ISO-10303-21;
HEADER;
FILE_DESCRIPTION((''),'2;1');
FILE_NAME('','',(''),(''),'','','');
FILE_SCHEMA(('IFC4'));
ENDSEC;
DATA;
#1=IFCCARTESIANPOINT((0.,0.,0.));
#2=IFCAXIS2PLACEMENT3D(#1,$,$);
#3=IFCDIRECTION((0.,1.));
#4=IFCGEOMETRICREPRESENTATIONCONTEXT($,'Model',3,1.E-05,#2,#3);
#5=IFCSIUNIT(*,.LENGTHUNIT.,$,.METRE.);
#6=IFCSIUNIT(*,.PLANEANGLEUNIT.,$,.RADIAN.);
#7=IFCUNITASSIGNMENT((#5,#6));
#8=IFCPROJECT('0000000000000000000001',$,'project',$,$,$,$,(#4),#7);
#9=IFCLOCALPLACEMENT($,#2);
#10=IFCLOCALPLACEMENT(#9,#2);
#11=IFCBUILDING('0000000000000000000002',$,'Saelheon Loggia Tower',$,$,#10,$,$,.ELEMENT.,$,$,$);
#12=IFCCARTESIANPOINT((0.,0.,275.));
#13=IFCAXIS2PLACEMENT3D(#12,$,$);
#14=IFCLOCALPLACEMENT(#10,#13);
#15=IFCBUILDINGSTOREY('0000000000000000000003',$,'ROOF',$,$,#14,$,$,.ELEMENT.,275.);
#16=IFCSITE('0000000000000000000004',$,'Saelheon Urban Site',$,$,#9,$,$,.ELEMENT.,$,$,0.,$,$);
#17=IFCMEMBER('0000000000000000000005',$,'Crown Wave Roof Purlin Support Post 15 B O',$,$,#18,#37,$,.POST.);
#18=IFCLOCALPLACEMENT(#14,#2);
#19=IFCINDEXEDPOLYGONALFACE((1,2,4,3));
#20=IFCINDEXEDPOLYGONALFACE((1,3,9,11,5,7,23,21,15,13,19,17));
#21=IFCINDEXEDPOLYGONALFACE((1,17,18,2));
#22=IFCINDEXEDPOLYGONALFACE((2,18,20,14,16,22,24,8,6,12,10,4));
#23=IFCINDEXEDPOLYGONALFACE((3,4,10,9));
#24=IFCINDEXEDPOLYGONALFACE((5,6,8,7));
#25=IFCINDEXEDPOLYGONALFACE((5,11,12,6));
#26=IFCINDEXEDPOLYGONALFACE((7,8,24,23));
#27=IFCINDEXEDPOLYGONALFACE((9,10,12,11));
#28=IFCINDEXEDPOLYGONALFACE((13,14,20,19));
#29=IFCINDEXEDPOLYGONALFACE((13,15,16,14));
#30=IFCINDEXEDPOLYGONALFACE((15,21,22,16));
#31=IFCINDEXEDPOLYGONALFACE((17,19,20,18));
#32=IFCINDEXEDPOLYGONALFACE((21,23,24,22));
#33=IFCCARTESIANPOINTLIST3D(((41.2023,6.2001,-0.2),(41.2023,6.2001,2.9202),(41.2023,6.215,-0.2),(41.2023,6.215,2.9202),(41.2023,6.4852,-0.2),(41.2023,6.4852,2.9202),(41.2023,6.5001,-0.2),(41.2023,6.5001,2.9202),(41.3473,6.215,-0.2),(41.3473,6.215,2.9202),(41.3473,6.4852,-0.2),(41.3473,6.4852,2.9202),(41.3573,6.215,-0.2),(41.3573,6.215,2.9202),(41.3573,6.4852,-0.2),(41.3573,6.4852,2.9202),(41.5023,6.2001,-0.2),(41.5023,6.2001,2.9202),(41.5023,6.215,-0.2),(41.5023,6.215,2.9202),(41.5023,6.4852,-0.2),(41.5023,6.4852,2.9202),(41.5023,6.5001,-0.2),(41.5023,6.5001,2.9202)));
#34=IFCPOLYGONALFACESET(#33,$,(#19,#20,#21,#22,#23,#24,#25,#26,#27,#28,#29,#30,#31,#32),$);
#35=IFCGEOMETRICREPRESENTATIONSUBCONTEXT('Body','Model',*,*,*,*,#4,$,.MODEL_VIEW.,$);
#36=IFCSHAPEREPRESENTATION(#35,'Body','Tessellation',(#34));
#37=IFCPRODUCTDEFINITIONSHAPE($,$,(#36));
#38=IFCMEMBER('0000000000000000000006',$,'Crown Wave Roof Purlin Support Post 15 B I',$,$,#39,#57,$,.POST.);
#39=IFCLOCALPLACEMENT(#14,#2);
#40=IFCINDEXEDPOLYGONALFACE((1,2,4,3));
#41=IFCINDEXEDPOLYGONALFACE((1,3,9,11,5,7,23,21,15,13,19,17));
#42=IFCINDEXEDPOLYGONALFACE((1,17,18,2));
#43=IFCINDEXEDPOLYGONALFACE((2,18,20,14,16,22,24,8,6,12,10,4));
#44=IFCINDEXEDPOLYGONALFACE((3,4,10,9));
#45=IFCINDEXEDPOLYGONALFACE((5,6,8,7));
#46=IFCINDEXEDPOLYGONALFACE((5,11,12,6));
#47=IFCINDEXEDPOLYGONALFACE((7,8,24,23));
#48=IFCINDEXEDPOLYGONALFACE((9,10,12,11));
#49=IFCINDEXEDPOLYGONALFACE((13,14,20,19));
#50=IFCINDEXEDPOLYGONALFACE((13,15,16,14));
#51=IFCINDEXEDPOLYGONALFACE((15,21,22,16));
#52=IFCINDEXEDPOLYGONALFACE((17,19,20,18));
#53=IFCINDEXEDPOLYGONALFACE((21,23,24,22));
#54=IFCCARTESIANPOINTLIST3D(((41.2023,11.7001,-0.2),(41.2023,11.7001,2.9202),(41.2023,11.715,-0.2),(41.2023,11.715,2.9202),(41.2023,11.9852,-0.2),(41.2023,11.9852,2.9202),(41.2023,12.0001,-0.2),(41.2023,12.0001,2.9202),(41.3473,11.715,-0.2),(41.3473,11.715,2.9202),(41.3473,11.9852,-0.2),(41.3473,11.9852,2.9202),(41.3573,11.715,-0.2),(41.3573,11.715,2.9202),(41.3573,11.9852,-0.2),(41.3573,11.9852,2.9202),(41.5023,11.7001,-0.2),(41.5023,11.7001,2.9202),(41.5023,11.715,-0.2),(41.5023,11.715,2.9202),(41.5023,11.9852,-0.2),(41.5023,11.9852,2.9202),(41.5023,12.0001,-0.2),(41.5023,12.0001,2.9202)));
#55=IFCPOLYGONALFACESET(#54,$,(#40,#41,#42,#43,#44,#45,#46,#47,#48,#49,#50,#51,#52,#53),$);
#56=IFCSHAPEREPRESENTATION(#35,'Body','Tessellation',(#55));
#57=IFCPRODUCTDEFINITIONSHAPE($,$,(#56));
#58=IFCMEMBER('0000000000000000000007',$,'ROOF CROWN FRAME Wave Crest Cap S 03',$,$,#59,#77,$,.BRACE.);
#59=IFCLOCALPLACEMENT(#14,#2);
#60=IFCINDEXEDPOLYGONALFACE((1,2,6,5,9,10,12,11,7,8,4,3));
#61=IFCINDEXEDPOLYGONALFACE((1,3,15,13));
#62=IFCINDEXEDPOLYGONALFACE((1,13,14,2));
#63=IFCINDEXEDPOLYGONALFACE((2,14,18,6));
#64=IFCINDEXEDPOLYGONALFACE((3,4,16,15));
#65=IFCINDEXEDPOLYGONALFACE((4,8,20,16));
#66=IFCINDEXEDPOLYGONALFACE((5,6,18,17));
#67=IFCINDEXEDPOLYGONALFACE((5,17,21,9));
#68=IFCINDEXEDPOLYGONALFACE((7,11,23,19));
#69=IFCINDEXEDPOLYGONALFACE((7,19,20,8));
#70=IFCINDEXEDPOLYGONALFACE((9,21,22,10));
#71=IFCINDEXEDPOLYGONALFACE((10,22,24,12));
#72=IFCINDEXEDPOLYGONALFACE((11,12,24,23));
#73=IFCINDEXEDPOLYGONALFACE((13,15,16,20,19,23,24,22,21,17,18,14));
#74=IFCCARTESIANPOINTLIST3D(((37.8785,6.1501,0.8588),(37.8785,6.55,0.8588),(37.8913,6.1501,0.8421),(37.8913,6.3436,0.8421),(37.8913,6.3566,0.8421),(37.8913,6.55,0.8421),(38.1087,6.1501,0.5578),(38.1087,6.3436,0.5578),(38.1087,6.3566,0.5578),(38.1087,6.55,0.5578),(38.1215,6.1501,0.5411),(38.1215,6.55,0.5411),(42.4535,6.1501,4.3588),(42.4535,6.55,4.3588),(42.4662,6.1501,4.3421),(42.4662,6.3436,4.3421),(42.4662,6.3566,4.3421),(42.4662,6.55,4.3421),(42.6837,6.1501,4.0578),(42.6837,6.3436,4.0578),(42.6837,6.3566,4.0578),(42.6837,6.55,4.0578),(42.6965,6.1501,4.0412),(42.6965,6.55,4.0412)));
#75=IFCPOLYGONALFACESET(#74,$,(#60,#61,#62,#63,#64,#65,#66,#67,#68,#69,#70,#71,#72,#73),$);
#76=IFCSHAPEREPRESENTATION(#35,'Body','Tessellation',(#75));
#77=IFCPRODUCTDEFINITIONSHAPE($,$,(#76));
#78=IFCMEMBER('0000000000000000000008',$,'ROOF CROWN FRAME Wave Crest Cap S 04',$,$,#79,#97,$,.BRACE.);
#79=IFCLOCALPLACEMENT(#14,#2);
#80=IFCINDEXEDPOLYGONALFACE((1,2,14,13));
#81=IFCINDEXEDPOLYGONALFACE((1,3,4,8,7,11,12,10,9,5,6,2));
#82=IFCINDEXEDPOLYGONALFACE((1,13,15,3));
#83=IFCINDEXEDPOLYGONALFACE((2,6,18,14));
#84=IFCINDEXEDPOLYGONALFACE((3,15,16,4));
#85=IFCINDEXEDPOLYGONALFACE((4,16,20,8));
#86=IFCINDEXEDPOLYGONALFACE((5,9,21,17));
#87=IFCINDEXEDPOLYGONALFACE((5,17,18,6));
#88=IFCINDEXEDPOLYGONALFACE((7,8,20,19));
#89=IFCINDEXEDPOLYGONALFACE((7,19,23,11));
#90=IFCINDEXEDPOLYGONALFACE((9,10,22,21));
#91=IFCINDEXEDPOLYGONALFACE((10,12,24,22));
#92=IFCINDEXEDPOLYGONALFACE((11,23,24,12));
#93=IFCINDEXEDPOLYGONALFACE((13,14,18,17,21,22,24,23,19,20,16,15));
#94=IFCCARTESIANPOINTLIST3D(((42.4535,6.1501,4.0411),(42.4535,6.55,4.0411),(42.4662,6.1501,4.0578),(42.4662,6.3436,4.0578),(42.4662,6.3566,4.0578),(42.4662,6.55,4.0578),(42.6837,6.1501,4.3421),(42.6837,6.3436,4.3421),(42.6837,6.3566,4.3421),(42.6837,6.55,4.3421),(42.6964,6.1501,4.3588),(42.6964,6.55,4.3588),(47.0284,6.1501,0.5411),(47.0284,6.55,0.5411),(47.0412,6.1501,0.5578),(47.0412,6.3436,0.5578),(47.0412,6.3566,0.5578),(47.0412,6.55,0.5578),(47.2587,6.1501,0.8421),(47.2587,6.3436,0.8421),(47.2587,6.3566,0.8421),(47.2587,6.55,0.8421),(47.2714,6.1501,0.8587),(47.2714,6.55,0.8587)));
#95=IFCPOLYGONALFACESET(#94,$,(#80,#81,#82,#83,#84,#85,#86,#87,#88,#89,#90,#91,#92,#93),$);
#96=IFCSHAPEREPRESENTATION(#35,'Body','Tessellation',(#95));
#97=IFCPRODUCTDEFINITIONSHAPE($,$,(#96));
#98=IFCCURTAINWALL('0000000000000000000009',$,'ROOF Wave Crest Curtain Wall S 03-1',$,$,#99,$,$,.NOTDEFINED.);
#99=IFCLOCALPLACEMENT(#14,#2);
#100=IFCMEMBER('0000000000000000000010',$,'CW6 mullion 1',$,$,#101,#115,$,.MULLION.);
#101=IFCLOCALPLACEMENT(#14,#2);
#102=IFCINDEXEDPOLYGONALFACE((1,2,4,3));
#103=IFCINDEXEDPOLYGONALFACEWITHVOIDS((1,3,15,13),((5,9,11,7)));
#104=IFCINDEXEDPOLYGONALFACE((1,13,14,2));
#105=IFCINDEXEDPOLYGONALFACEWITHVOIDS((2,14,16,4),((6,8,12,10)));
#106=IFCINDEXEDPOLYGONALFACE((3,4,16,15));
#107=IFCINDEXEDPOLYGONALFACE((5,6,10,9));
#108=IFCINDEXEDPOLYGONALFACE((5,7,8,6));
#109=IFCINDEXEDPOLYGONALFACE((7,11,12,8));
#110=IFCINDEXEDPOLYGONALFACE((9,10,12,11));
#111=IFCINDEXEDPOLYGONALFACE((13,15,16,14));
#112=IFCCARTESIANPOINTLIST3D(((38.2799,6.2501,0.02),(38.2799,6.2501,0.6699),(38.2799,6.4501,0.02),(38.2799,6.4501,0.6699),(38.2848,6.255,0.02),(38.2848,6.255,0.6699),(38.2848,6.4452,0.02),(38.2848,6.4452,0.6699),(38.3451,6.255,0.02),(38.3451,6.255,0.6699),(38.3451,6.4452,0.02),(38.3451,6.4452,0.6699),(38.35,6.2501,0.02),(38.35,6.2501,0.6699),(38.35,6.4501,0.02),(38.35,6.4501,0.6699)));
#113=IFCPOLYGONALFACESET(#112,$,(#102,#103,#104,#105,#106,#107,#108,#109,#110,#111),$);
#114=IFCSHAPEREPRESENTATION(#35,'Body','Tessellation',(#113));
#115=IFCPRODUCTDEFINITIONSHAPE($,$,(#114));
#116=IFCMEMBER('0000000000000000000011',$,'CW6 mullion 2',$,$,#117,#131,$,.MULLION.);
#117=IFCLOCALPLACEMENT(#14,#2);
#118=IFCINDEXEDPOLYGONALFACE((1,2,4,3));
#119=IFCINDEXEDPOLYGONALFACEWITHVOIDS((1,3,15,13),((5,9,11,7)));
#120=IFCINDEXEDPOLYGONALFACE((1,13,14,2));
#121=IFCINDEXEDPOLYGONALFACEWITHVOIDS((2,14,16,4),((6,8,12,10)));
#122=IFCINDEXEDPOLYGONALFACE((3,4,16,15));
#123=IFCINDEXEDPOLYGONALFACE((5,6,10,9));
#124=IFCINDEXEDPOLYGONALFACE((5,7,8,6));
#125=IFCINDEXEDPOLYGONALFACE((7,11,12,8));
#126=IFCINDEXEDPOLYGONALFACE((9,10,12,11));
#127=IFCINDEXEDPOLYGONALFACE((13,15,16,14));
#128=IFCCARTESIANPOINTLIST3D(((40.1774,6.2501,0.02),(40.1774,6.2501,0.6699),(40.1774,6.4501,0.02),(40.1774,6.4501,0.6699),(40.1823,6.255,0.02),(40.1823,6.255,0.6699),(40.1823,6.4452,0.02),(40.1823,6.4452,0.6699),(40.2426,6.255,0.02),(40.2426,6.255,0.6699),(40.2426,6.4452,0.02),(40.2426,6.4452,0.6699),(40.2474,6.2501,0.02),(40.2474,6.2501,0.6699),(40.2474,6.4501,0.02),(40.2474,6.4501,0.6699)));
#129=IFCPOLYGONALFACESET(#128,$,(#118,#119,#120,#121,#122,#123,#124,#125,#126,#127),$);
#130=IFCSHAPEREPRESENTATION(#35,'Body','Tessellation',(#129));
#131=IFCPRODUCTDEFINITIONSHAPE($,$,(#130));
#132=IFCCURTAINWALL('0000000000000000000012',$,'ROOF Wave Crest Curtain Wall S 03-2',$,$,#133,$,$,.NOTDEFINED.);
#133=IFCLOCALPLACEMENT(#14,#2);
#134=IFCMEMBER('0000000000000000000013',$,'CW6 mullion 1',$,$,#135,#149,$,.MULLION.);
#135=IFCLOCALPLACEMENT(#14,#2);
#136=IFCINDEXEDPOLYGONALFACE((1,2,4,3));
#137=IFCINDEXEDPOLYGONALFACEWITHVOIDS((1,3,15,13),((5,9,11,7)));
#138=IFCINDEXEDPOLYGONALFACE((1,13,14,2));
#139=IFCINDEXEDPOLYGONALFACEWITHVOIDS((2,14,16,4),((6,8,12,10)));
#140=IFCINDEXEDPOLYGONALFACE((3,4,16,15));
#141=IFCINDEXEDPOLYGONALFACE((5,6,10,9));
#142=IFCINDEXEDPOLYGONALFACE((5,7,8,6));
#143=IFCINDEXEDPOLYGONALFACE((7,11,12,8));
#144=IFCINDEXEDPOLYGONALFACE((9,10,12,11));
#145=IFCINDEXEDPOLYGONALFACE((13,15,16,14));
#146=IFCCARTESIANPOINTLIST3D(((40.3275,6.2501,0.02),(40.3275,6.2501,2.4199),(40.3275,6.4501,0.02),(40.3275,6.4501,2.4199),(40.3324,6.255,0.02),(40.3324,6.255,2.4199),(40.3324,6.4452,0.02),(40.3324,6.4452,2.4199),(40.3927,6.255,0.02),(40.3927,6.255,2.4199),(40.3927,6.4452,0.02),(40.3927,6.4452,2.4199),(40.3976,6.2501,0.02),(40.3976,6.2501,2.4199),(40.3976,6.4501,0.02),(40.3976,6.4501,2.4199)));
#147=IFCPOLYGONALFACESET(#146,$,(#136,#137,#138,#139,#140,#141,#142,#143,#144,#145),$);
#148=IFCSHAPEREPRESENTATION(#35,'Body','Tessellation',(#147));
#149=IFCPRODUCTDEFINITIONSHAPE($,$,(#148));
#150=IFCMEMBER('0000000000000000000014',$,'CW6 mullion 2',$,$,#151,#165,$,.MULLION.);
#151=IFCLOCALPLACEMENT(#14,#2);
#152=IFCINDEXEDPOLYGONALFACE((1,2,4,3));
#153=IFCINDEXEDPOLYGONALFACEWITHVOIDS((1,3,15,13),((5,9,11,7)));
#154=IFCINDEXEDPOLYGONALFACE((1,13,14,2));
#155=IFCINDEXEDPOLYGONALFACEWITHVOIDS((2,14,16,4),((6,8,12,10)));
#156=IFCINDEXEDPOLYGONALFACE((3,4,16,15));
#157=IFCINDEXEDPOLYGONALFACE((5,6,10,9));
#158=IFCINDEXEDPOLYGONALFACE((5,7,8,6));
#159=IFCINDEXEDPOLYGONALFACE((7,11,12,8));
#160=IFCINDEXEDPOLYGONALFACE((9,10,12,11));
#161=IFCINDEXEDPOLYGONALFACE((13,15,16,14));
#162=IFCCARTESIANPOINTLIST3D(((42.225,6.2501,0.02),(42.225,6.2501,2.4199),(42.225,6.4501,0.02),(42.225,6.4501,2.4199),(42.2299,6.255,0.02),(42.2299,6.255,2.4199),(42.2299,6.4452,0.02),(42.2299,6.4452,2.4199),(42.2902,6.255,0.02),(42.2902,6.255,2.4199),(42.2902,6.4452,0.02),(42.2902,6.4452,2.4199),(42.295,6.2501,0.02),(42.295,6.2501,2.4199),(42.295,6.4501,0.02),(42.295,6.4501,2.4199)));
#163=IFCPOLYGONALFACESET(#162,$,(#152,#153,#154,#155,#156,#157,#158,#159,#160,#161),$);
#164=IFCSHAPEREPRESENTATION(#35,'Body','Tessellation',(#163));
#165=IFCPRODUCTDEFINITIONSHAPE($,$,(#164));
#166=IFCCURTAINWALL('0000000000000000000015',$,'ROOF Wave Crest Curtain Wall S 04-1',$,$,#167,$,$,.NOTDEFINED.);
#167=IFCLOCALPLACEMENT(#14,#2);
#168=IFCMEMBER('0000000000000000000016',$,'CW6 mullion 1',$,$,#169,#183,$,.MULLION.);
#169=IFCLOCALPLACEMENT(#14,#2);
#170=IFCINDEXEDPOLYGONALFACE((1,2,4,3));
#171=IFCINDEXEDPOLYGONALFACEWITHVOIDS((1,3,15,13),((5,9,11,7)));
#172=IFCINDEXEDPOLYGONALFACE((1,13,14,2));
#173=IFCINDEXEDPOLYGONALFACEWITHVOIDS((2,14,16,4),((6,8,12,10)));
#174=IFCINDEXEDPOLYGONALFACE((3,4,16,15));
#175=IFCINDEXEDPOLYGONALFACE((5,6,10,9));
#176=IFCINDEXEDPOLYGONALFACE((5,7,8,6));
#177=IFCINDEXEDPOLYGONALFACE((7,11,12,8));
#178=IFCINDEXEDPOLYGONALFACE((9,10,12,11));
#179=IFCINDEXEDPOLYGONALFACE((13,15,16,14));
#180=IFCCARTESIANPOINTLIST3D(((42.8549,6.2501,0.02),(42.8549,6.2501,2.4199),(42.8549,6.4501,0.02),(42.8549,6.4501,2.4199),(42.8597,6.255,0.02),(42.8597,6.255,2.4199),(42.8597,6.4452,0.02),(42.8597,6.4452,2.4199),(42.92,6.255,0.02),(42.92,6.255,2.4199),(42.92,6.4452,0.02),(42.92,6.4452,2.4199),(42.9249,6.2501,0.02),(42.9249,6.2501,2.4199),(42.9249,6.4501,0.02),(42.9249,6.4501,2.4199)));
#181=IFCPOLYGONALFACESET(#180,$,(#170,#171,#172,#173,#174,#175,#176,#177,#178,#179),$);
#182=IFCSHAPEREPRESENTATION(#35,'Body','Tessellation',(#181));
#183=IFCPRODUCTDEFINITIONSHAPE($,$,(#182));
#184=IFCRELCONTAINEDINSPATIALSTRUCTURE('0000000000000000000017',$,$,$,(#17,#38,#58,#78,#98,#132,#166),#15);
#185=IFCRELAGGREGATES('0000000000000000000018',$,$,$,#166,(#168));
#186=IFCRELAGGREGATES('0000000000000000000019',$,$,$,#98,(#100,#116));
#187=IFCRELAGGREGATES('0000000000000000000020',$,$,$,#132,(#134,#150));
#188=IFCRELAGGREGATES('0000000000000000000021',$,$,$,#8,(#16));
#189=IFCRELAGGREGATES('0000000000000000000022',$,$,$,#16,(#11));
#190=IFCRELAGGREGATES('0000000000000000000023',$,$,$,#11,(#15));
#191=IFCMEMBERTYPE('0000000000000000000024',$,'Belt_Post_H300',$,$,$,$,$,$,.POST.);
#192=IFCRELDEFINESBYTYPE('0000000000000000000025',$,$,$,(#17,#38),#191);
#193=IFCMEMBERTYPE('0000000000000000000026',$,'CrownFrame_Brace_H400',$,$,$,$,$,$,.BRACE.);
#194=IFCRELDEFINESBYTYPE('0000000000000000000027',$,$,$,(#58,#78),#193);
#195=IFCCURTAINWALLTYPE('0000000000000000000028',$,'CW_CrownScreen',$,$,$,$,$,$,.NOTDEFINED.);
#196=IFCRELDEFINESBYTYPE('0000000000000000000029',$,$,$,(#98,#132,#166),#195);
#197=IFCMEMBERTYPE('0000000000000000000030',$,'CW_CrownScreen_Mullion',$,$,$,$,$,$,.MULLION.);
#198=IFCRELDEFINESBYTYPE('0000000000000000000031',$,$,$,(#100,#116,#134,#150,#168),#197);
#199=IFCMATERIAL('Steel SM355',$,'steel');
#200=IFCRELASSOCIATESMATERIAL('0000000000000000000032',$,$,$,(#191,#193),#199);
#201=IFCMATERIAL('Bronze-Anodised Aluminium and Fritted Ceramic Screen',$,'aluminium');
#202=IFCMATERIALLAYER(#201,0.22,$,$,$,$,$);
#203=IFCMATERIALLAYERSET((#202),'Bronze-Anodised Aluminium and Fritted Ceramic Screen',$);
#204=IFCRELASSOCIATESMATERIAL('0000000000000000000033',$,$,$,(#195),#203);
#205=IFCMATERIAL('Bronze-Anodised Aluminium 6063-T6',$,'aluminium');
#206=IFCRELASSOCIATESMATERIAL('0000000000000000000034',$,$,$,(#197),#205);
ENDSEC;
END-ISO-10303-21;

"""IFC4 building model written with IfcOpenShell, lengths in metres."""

from ifc_helpers import new_model, si_unit, direction, frame, origin, origin_2d, place, context, subcontext, project, spatial, hollow_rectangle, i_section, extrude, source, transform, mapped, material, layer, layer_set, material_profile, profile_set, type_object, element, aggregate, save


model = new_model("IFC4")

# Units and contexts
model_context = context("Model", 3, precision=1e-05, world=origin(), true_north=direction((0.0, 1.0)))
body_context = subcontext(model_context, "Body", "Model", "MODEL_VIEW")
ifc_project = project(units=[si_unit("LENGTHUNIT", "METRE"), si_unit("PLANEANGLEUNIT", "RADIAN")], contexts=[model_context])

# Site, building, storey
site_placement = place(None, origin())
site = spatial("IfcSite", under=ifc_project, at=site_placement, Name="Saelheon Urban Site", CompositionType="ELEMENT", RefElevation=0.0)
building_placement = place(site_placement, origin())
building = spatial("IfcBuilding", under=site, at=building_placement, Name="Saelheon Loggia Tower", CompositionType="ELEMENT")
storey_placement = place(building_placement, frame((0.0, 0.0, 275.0)))
storey = spatial("IfcBuildingStorey", under=building, at=storey_placement, Name="ROOF", CompositionType="ELEMENT", Elevation=275.0)

# Members
ifc_material_1 = material(Name="Steel SM355", Category="steel")
ifc_material_profile_1 = material_profile(ifc_material_1, i_section(OverallWidth=0.3, OverallDepth=0.3, WebThickness=0.01, FlangeThickness=0.0149, at=origin_2d()), Name="H-300x300x10x15")
ifc_profile_set_1 = profile_set([ifc_material_profile_1], Name="Steel SM355")
member_type_1 = type_object("IfcMemberType", Name="Belt_Post_H300", PredefinedType="POST", material=ifc_profile_set_1)
shared_shape_1 = source(origin(), body_context, "Body", "SweptSolid", [
    extrude(i_section(OverallWidth=0.3, OverallDepth=0.3, WebThickness=0.01, FlangeThickness=0.0149, at=origin_2d()), origin(), (0.0, 0.0, 1.0), 3.1201),
])
for number, where, z_axis, x_axis, name in (
    (1, (41.3523, 6.3501, -0.2), (0.0, 0.0, 1.0), (1.0, 0.0, 0.0), "Crown Wave Roof Purlin Support Post 15 B O"),
    (2, (41.3523, 11.8501, -0.2), (0.0, 0.0, 1.0), (1.0, 0.0, 0.0), "Crown Wave Roof Purlin Support Post 15 B I"),
):
    element("IfcMember", number, at=place(storey_placement, frame(where, z_axis=z_axis, x_axis=x_axis)), inside=storey, type_object=member_type_1, Name=name, PredefinedType="POST", context=body_context, shape_type="MappedRepresentation", body=[
        mapped(shared_shape_1, transform((0.0, 0.0, 0.0), scale=1.0)),
    ])
ifc_material_profile_2 = material_profile(ifc_material_1, i_section(OverallWidth=0.3999, OverallDepth=0.3999, WebThickness=0.0129, FlangeThickness=0.021, at=origin_2d()), Name="H-400x400x13x21")
ifc_profile_set_2 = profile_set([ifc_material_profile_2], Name="Steel SM355")
member_type_2 = type_object("IfcMemberType", Name="CrownFrame_Brace_H400", PredefinedType="BRACE", material=ifc_profile_set_2)
shared_shape_2 = source(origin(), body_context, "Body", "SweptSolid", [
    extrude(i_section(OverallWidth=0.3999, OverallDepth=0.3999, WebThickness=0.0129, FlangeThickness=0.021, at=origin_2d()), origin(), (0.0, 0.0, 1.0), 5.7603),
])
for number, where, z_axis, x_axis, name in (
    (3, (38.0, 6.3501, 0.7), (0.794231, 0.0, 0.607615), (0.0, 1.0, 0.0), "ROOF CROWN FRAME Wave Crest Cap S 03"),
    (4, (42.575, 6.3501, 4.2), (0.794231, 0.0, -0.607615), (0.0, 1.0, 0.0), "ROOF CROWN FRAME Wave Crest Cap S 04"),
):
    element("IfcMember", number, at=place(storey_placement, frame(where, z_axis=z_axis, x_axis=x_axis)), inside=storey, type_object=member_type_2, Name=name, PredefinedType="BRACE", context=body_context, shape_type="MappedRepresentation", body=[
        mapped(shared_shape_2, transform((0.0, 0.0, 0.0), scale=1.0)),
    ])

# Curtain walls, members
ifc_material_2 = material(Name="Bronze-Anodised Aluminium and Fritted Ceramic Screen", Category="aluminium")
ifc_layer_1 = layer(ifc_material_2, 0.22)
ifc_layer_set_1 = layer_set([ifc_layer_1], Name="Bronze-Anodised Aluminium and Fritted Ceramic Screen")
curtain_wall_type = type_object("IfcCurtainWallType", Name="CW_CrownScreen", PredefinedType="NOTDEFINED", material=ifc_layer_set_1)
curtain_wall_1_placement = place(storey_placement, origin())
curtain_wall_1 = element("IfcCurtainWall", 5, at=curtain_wall_1_placement, inside=storey, type_object=curtain_wall_type, Name="ROOF Wave Crest Curtain Wall S 03-1", PredefinedType="NOTDEFINED")
ifc_material_3 = material(Name="Bronze-Anodised Aluminium 6063-T6", Category="aluminium")
ifc_material_profile_3 = material_profile(ifc_material_3, hollow_rectangle(XDim=0.0701, YDim=0.2, WallThickness=0.0049, at=origin_2d()), Name="RHS-200x70x5")
ifc_profile_set_3 = profile_set([ifc_material_profile_3], Name="Bronze-Anodised Aluminium 6063-T6")
member_type_3 = type_object("IfcMemberType", Name="CW_CrownScreen_Mullion", PredefinedType="MULLION", material=ifc_profile_set_3)
shared_shape_3 = source(origin(), body_context, "Body", "SweptSolid", [
    extrude(hollow_rectangle(XDim=0.0701, YDim=0.2, WallThickness=0.0049, at=origin_2d()), origin(), (0.0, 0.0, 1.0), 0.6499),
])
member_1_placement = place(storey_placement, frame((38.3149, 6.3501, 0.02), z_axis=(0.0, 0.0, 1.0), x_axis=(1.0, 0.0, 0.0)))
member_1 = element("IfcMember", 6, at=member_1_placement, type_object=member_type_3, Name="CW6 mullion 1", PredefinedType="MULLION", context=body_context, shape_type="MappedRepresentation", body=[
    mapped(shared_shape_3, transform((0.0, 0.0, 0.0), scale=1.0)),
])
member_2_placement = place(storey_placement, frame((40.2124, 6.3501, 0.02), z_axis=(0.0, 0.0, 1.0), x_axis=(1.0, 0.0, 0.0)))
member_2 = element("IfcMember", 7, at=member_2_placement, type_object=member_type_3, Name="CW6 mullion 2", PredefinedType="MULLION", context=body_context, shape_type="MappedRepresentation", body=[
    mapped(shared_shape_3, transform((0.0, 0.0, 0.0), scale=1.0)),
])
curtain_wall_2_placement = place(storey_placement, origin())
curtain_wall_2 = element("IfcCurtainWall", 8, at=curtain_wall_2_placement, inside=storey, type_object=curtain_wall_type, Name="ROOF Wave Crest Curtain Wall S 03-2", PredefinedType="NOTDEFINED")
shared_shape_4 = source(origin(), body_context, "Body", "SweptSolid", [
    extrude(hollow_rectangle(XDim=0.0701, YDim=0.2, WallThickness=0.0049, at=origin_2d()), origin(), (0.0, 0.0, 1.0), 2.3999),
])
member_3_placement = place(storey_placement, frame((40.3625, 6.3501, 0.02), z_axis=(0.0, 0.0, 1.0), x_axis=(1.0, 0.0, 0.0)))
member_3 = element("IfcMember", 9, at=member_3_placement, type_object=member_type_3, Name="CW6 mullion 1", PredefinedType="MULLION", context=body_context, shape_type="MappedRepresentation", body=[
    mapped(shared_shape_4, transform((0.0, 0.0, 0.0), scale=1.0)),
])
member_4_placement = place(storey_placement, frame((42.26, 6.3501, 0.02), z_axis=(0.0, 0.0, 1.0), x_axis=(1.0, 0.0, 0.0)))
member_4 = element("IfcMember", 10, at=member_4_placement, type_object=member_type_3, Name="CW6 mullion 2", PredefinedType="MULLION", context=body_context, shape_type="MappedRepresentation", body=[
    mapped(shared_shape_4, transform((0.0, 0.0, 0.0), scale=1.0)),
])

# Curtain wall, member
curtain_wall_3_placement = place(storey_placement, origin())
curtain_wall_3 = element("IfcCurtainWall", 11, at=curtain_wall_3_placement, inside=storey, type_object=curtain_wall_type, Name="ROOF Wave Crest Curtain Wall S 04-1", PredefinedType="NOTDEFINED")
member_5_placement = place(storey_placement, frame((42.8899, 6.3501, 0.02), z_axis=(0.0, 0.0, 1.0), x_axis=(1.0, 0.0, 0.0)))
member_5 = element("IfcMember", 12, at=member_5_placement, type_object=member_type_3, Name="CW6 mullion 1", PredefinedType="MULLION", context=body_context, shape_type="MappedRepresentation", body=[
    mapped(shared_shape_4, transform((0.0, 0.0, 0.0), scale=1.0)),
])

aggregate(curtain_wall_3, [member_5])

aggregate(curtain_wall_1, [member_1, member_2])
aggregate(curtain_wall_2, [member_3, member_4])

save(model, "model.ifc")
